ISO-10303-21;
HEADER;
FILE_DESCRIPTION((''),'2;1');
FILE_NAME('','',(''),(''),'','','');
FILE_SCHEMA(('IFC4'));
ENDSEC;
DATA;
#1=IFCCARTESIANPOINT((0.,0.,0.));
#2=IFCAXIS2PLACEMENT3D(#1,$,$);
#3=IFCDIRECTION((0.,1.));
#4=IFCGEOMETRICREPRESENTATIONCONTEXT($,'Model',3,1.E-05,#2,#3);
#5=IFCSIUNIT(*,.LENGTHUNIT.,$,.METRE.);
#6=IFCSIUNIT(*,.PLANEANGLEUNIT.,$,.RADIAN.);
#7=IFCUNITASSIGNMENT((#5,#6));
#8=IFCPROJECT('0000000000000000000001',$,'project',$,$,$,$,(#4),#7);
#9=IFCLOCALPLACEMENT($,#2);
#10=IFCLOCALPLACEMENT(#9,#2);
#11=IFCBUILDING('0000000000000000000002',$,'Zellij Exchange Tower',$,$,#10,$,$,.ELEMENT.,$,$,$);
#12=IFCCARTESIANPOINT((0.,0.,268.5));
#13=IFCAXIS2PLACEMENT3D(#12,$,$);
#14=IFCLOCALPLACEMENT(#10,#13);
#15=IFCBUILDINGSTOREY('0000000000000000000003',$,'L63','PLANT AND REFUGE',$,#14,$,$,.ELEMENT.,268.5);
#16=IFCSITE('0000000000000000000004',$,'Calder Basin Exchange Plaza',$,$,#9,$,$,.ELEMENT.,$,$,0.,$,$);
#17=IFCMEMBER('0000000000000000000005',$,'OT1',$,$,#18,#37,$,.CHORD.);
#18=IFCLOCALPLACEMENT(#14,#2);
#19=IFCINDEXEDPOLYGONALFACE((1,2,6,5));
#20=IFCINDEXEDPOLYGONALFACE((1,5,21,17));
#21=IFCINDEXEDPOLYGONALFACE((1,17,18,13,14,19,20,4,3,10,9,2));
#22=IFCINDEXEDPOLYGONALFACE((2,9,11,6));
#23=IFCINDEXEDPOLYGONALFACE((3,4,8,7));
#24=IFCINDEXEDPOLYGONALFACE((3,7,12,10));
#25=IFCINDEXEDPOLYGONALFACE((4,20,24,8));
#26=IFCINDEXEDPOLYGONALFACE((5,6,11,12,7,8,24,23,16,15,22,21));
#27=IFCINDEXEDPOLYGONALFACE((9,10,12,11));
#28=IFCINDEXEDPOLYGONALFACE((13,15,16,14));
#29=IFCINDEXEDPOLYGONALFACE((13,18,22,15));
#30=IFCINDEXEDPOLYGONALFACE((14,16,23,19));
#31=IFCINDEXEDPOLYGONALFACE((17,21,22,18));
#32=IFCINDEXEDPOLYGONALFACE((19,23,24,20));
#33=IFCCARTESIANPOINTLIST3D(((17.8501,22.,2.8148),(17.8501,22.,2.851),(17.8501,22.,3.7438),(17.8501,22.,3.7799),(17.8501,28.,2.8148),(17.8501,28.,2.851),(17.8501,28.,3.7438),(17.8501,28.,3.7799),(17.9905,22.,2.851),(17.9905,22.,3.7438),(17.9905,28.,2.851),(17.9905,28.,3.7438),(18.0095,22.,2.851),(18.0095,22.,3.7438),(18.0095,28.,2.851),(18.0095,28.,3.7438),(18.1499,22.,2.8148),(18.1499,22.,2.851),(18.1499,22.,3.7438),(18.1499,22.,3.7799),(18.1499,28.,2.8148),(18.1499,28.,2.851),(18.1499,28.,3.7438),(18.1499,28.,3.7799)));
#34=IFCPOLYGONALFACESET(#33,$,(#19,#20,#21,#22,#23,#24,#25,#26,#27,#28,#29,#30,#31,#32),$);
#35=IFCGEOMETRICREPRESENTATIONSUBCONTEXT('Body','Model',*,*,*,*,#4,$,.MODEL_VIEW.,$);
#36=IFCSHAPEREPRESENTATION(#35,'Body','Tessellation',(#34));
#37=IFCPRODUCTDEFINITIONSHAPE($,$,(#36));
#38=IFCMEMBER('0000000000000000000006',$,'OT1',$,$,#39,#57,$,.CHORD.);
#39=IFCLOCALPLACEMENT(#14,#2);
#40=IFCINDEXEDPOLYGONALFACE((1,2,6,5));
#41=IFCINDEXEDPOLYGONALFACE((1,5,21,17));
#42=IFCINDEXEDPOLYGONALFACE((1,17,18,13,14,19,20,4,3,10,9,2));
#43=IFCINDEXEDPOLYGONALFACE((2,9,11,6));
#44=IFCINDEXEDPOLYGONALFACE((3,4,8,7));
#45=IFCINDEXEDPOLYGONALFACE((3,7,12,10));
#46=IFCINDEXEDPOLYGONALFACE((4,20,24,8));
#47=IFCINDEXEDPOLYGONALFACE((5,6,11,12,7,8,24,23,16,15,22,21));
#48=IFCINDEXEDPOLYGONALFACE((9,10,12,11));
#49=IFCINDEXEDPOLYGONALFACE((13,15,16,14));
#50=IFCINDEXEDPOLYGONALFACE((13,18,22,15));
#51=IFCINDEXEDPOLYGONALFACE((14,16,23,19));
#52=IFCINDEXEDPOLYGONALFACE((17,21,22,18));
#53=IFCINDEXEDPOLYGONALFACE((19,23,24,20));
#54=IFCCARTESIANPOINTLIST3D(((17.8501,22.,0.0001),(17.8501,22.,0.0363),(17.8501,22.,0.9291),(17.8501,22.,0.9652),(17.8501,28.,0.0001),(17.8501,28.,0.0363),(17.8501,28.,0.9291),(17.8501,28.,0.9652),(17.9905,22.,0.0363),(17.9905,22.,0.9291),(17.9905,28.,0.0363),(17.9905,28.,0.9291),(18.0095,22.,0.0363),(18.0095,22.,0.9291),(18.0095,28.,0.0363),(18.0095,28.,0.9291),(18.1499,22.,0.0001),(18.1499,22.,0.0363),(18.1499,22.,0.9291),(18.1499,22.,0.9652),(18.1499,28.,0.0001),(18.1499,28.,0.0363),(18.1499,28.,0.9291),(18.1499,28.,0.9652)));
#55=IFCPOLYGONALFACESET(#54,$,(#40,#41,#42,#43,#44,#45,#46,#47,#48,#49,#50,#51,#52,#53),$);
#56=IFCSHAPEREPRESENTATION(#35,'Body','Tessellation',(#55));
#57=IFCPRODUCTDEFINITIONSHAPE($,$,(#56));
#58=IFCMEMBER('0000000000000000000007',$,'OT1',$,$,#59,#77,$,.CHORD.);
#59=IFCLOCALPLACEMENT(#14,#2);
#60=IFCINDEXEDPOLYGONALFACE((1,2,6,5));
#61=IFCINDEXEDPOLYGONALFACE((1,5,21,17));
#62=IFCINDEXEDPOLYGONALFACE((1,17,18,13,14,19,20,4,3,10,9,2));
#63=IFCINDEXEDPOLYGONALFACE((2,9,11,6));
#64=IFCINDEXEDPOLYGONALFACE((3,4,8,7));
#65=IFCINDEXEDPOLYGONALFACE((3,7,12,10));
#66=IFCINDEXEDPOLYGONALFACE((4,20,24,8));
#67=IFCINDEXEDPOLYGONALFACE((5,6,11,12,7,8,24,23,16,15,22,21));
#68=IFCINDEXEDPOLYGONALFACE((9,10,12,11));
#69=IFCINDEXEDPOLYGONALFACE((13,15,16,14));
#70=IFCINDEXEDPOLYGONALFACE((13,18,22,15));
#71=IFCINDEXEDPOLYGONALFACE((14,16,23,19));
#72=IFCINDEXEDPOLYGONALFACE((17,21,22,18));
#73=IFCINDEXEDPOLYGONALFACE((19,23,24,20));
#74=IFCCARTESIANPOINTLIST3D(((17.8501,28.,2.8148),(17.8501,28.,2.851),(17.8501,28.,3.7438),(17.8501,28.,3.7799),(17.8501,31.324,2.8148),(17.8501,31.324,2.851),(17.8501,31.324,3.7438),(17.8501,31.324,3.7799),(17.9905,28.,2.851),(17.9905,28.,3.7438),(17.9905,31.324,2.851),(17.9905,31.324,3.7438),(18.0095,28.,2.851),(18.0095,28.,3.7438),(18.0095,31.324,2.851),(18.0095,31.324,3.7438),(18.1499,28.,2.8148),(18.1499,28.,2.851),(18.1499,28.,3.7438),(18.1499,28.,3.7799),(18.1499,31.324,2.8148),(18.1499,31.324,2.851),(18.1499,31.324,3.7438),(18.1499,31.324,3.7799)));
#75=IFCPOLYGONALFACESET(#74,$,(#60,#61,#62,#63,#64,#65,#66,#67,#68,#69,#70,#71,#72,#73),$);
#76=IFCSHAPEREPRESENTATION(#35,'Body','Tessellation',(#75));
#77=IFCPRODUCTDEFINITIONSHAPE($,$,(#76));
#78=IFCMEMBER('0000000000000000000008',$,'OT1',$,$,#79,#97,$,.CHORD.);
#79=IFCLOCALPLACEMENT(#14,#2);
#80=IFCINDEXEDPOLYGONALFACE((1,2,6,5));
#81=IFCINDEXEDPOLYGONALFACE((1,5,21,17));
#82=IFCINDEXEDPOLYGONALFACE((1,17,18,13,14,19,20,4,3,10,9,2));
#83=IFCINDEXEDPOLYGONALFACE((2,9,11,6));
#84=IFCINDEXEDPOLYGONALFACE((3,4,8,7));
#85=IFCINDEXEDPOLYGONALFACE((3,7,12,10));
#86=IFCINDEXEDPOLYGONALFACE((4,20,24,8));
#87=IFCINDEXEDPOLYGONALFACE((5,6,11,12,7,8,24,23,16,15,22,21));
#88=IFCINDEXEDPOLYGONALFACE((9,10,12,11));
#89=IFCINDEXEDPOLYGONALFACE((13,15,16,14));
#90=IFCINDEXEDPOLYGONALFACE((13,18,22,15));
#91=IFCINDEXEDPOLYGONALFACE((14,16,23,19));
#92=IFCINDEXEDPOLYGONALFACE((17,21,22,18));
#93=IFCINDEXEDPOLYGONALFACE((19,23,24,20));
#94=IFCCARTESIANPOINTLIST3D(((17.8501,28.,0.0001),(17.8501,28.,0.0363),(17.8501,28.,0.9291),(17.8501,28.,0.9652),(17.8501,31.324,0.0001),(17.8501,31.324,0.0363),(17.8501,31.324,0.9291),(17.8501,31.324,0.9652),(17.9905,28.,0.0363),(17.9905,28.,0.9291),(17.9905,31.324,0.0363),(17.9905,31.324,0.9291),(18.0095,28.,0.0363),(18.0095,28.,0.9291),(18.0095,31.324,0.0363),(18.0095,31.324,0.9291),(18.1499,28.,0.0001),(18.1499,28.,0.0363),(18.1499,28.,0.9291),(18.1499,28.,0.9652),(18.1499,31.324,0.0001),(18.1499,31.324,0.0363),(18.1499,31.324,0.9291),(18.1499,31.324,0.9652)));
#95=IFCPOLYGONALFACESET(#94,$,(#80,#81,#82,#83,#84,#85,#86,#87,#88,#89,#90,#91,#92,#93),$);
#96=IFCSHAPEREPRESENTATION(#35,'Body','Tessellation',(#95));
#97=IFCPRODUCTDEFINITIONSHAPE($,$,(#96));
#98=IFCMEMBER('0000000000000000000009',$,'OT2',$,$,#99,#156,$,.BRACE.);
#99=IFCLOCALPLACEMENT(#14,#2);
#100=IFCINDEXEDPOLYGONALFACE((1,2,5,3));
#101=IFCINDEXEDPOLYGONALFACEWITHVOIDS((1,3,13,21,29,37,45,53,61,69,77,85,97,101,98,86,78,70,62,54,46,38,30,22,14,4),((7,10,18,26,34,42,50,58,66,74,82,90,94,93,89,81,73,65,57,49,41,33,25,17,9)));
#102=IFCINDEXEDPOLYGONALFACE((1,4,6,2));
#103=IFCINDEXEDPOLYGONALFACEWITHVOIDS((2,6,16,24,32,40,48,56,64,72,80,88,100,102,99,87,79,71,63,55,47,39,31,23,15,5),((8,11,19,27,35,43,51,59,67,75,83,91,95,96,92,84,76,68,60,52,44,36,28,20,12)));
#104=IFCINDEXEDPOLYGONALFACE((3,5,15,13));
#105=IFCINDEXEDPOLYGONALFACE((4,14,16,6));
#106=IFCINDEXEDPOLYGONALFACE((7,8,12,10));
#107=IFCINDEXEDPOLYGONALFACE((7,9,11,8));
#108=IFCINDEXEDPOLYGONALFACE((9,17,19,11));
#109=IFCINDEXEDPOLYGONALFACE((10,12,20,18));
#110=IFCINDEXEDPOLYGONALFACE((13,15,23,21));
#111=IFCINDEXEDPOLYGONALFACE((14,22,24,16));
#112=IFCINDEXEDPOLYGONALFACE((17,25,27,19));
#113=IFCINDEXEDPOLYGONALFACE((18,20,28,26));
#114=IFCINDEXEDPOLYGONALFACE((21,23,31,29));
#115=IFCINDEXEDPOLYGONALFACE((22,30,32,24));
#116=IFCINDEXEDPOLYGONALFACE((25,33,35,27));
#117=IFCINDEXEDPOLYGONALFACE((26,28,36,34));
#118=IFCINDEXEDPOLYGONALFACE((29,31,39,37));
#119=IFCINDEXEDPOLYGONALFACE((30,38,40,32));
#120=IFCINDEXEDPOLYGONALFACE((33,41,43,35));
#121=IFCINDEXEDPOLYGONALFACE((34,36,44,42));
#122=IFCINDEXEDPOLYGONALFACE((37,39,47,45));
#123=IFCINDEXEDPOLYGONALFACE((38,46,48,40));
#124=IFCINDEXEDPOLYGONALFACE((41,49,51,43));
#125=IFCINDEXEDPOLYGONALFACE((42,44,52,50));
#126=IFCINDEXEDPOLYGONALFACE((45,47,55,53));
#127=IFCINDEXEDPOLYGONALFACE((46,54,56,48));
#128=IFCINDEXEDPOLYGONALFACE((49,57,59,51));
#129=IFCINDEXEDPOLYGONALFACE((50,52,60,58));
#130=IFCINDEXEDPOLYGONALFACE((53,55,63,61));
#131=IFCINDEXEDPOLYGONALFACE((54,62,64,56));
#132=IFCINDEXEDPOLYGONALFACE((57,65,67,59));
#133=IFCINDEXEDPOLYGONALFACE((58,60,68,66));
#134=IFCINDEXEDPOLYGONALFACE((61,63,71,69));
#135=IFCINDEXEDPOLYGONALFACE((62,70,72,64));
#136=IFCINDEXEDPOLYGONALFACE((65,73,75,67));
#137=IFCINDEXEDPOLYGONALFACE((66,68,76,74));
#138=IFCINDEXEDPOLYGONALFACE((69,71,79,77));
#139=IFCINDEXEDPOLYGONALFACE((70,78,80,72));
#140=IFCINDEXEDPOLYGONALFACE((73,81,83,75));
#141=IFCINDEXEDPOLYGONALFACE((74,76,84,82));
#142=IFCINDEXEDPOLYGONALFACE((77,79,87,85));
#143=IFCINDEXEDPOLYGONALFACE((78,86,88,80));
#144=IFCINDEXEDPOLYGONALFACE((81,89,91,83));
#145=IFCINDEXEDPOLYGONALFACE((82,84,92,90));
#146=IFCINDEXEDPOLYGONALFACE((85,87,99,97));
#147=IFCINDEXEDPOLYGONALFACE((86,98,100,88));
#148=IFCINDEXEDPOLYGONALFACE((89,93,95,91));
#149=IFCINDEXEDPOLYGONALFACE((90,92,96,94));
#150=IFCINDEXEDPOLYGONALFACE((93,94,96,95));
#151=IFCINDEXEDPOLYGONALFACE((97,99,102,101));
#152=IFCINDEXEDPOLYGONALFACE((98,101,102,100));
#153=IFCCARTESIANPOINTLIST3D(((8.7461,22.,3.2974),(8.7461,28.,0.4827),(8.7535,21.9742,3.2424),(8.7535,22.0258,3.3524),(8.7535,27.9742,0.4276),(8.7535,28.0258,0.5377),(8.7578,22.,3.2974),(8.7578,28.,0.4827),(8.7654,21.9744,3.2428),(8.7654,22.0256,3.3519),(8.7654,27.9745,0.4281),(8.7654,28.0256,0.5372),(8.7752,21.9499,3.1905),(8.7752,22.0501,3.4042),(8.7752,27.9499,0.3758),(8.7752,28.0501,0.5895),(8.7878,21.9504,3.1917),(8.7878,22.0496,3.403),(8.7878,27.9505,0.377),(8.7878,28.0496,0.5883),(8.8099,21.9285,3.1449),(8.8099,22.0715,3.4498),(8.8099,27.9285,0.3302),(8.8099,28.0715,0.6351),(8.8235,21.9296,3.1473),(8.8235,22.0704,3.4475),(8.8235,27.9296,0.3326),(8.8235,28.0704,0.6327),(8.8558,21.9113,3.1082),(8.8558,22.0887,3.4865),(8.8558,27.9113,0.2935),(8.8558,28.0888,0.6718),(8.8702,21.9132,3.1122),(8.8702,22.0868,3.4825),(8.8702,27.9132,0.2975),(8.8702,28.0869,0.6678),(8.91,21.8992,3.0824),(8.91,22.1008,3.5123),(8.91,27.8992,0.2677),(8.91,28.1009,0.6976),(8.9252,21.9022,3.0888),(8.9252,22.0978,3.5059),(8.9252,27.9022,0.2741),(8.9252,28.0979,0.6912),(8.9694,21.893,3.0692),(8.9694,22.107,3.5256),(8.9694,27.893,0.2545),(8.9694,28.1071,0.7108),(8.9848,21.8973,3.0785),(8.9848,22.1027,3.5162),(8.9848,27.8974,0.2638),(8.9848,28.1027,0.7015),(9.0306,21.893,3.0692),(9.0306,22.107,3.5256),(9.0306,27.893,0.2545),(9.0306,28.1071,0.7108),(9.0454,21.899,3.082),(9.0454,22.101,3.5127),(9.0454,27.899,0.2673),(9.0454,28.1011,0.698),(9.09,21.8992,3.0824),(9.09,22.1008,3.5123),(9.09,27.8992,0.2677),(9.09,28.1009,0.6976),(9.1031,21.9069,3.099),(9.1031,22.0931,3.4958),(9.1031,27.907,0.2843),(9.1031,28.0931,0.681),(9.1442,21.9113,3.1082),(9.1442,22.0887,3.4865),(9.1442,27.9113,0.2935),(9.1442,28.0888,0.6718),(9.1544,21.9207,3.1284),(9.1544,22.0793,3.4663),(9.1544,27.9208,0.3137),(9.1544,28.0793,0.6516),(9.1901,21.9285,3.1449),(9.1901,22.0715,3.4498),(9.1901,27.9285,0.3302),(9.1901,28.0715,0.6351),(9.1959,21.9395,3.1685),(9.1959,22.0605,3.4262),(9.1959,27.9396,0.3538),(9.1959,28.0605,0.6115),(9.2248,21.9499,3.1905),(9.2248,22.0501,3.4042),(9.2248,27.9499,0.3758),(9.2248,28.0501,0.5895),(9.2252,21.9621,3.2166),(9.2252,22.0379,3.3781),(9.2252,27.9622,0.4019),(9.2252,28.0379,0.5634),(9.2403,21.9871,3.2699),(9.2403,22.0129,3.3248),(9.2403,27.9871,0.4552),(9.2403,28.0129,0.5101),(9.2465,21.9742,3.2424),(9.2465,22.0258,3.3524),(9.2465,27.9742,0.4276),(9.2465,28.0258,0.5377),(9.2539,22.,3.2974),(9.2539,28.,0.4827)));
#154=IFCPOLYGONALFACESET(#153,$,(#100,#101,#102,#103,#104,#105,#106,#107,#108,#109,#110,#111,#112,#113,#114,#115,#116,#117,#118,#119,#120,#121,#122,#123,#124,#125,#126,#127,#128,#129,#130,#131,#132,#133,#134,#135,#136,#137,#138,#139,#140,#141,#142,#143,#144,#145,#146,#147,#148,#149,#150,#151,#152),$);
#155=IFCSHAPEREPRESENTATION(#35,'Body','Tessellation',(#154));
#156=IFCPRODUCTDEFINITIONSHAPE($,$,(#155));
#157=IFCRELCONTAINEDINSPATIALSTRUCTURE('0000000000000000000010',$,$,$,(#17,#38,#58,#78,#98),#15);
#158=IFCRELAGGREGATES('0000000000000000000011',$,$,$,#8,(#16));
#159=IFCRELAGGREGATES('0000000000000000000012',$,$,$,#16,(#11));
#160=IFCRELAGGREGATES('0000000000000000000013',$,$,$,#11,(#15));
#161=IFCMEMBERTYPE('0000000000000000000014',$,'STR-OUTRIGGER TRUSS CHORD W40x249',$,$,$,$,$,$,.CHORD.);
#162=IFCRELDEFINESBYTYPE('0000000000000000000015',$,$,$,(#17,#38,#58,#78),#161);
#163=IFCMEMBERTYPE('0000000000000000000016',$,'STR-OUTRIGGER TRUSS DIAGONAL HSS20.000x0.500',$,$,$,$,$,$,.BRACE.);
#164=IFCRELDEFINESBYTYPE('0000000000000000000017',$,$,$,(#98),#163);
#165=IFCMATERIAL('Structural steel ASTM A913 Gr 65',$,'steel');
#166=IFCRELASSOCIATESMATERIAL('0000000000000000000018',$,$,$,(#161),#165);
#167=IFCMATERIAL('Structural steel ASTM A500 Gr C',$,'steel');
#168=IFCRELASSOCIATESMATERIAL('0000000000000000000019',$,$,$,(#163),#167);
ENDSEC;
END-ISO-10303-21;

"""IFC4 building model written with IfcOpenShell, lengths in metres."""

from ifc_helpers import new_model, si_unit, direction, frame, origin, origin_2d, place, context, subcontext, project, spatial, hollow_circle, i_section, extrude, material, material_profile, profile_set, type_object, element, save


model = new_model("IFC4")

# Units and contexts
model_context = context("Model", 3, precision=1e-05, world=origin(), true_north=direction((0.0, 1.0)))
body_context = subcontext(model_context, "Body", "Model", "MODEL_VIEW")
ifc_project = project(units=[si_unit("LENGTHUNIT", "METRE"), si_unit("PLANEANGLEUNIT", "RADIAN")], contexts=[model_context])

# Site, building, storey
site_placement = place(None, origin())
site = spatial("IfcSite", under=ifc_project, at=site_placement, Name="Calder Basin Exchange Plaza", CompositionType="ELEMENT", RefElevation=0.0)
building_placement = place(site_placement, origin())
building = spatial("IfcBuilding", under=site, at=building_placement, Name="Zellij Exchange Tower", CompositionType="ELEMENT")
storey_placement = place(building_placement, frame((0.0, 0.0, 268.5)))
storey = spatial("IfcBuildingStorey", under=building, at=storey_placement, Name="L63", Description="PLANT AND REFUGE", CompositionType="ELEMENT", Elevation=268.5)

# Members
ifc_material_1 = material(Name="Structural steel ASTM A913 Gr 65", Category="steel")
ifc_material_profile_1 = material_profile(ifc_material_1, i_section(OverallWidth=0.2998, OverallDepth=0.9651, WebThickness=0.019, FlangeThickness=0.0361, at=origin_2d()), Name="W40x249")
ifc_profile_set_1 = profile_set([ifc_material_profile_1], Name="Structural steel ASTM A913 Gr 65")
member_type_1 = type_object("IfcMemberType", Name="STR-OUTRIGGER TRUSS CHORD W40x249", PredefinedType="CHORD", material=ifc_profile_set_1)
for number, where, z_axis, x_axis, name in (
    (1, (18.0, 22.0, 3.2974), (0.0, 1.0, 0.0), (-1.0, 0.0, 0.0), "OT1"),
    (2, (18.0, 22.0, 0.4827), (0.0, 1.0, 0.0), (-1.0, 0.0, 0.0), "OT1"),
):
    element("IfcMember", number, at=place(storey_placement, frame(where, z_axis=z_axis, x_axis=x_axis)), inside=storey, type_object=member_type_1, Name=name, PredefinedType="CHORD", context=body_context, shape_type="SweptSolid", body=[
        extrude(i_section(OverallWidth=0.2998, OverallDepth=0.9651, WebThickness=0.019, FlangeThickness=0.0361, at=origin_2d()), origin(), (0.0, 0.0, 1.0), 6.0),
    ])
for number, where, z_axis, x_axis, name in (
    (3, (18.0, 28.0, 3.2974), (0.0, 1.0, 0.0), (-1.0, 0.0, 0.0), "OT1"),
    (4, (18.0, 28.0, 0.4827), (0.0, 1.0, 0.0), (-1.0, 0.0, 0.0), "OT1"),
):
    element("IfcMember", number, at=place(storey_placement, frame(where, z_axis=z_axis, x_axis=x_axis)), inside=storey, type_object=member_type_1, Name=name, PredefinedType="CHORD", context=body_context, shape_type="SweptSolid", body=[
        extrude(i_section(OverallWidth=0.2998, OverallDepth=0.9651, WebThickness=0.019, FlangeThickness=0.0361, at=origin_2d()), origin(), (0.0, 0.0, 1.0), 3.324),
    ])
ifc_material_2 = material(Name="Structural steel ASTM A500 Gr C", Category="steel")
ifc_material_profile_2 = material_profile(ifc_material_2, hollow_circle(Radius=0.2539, WallThickness=0.0117, at=origin_2d()), Name="STR-OUTRIGGER TRUSS DIAGONAL HSS20.000x0.500")
ifc_profile_set_2 = profile_set([ifc_material_profile_2], Name="Structural steel ASTM A500 Gr C")
member_type_2 = type_object("IfcMemberType", Name="STR-OUTRIGGER TRUSS DIAGONAL HSS20.000x0.500", PredefinedType="BRACE", material=ifc_profile_set_2)
member_1_placement = place(storey_placement, frame((9.0, 22.0, 3.2974), z_axis=(0.0, 0.905331, -0.424706), x_axis=(-1.0, 0.0, 0.0)))
element("IfcMember", 5, at=member_1_placement, inside=storey, type_object=member_type_2, Name="OT2", PredefinedType="BRACE", context=body_context, shape_type="SweptSolid", body=[
    extrude(hollow_circle(Radius=0.2539, WallThickness=0.0117, at=origin_2d()), origin(), (0.0, 0.0, 1.0), 6.6274),
])

save(model, "model.ifc")
